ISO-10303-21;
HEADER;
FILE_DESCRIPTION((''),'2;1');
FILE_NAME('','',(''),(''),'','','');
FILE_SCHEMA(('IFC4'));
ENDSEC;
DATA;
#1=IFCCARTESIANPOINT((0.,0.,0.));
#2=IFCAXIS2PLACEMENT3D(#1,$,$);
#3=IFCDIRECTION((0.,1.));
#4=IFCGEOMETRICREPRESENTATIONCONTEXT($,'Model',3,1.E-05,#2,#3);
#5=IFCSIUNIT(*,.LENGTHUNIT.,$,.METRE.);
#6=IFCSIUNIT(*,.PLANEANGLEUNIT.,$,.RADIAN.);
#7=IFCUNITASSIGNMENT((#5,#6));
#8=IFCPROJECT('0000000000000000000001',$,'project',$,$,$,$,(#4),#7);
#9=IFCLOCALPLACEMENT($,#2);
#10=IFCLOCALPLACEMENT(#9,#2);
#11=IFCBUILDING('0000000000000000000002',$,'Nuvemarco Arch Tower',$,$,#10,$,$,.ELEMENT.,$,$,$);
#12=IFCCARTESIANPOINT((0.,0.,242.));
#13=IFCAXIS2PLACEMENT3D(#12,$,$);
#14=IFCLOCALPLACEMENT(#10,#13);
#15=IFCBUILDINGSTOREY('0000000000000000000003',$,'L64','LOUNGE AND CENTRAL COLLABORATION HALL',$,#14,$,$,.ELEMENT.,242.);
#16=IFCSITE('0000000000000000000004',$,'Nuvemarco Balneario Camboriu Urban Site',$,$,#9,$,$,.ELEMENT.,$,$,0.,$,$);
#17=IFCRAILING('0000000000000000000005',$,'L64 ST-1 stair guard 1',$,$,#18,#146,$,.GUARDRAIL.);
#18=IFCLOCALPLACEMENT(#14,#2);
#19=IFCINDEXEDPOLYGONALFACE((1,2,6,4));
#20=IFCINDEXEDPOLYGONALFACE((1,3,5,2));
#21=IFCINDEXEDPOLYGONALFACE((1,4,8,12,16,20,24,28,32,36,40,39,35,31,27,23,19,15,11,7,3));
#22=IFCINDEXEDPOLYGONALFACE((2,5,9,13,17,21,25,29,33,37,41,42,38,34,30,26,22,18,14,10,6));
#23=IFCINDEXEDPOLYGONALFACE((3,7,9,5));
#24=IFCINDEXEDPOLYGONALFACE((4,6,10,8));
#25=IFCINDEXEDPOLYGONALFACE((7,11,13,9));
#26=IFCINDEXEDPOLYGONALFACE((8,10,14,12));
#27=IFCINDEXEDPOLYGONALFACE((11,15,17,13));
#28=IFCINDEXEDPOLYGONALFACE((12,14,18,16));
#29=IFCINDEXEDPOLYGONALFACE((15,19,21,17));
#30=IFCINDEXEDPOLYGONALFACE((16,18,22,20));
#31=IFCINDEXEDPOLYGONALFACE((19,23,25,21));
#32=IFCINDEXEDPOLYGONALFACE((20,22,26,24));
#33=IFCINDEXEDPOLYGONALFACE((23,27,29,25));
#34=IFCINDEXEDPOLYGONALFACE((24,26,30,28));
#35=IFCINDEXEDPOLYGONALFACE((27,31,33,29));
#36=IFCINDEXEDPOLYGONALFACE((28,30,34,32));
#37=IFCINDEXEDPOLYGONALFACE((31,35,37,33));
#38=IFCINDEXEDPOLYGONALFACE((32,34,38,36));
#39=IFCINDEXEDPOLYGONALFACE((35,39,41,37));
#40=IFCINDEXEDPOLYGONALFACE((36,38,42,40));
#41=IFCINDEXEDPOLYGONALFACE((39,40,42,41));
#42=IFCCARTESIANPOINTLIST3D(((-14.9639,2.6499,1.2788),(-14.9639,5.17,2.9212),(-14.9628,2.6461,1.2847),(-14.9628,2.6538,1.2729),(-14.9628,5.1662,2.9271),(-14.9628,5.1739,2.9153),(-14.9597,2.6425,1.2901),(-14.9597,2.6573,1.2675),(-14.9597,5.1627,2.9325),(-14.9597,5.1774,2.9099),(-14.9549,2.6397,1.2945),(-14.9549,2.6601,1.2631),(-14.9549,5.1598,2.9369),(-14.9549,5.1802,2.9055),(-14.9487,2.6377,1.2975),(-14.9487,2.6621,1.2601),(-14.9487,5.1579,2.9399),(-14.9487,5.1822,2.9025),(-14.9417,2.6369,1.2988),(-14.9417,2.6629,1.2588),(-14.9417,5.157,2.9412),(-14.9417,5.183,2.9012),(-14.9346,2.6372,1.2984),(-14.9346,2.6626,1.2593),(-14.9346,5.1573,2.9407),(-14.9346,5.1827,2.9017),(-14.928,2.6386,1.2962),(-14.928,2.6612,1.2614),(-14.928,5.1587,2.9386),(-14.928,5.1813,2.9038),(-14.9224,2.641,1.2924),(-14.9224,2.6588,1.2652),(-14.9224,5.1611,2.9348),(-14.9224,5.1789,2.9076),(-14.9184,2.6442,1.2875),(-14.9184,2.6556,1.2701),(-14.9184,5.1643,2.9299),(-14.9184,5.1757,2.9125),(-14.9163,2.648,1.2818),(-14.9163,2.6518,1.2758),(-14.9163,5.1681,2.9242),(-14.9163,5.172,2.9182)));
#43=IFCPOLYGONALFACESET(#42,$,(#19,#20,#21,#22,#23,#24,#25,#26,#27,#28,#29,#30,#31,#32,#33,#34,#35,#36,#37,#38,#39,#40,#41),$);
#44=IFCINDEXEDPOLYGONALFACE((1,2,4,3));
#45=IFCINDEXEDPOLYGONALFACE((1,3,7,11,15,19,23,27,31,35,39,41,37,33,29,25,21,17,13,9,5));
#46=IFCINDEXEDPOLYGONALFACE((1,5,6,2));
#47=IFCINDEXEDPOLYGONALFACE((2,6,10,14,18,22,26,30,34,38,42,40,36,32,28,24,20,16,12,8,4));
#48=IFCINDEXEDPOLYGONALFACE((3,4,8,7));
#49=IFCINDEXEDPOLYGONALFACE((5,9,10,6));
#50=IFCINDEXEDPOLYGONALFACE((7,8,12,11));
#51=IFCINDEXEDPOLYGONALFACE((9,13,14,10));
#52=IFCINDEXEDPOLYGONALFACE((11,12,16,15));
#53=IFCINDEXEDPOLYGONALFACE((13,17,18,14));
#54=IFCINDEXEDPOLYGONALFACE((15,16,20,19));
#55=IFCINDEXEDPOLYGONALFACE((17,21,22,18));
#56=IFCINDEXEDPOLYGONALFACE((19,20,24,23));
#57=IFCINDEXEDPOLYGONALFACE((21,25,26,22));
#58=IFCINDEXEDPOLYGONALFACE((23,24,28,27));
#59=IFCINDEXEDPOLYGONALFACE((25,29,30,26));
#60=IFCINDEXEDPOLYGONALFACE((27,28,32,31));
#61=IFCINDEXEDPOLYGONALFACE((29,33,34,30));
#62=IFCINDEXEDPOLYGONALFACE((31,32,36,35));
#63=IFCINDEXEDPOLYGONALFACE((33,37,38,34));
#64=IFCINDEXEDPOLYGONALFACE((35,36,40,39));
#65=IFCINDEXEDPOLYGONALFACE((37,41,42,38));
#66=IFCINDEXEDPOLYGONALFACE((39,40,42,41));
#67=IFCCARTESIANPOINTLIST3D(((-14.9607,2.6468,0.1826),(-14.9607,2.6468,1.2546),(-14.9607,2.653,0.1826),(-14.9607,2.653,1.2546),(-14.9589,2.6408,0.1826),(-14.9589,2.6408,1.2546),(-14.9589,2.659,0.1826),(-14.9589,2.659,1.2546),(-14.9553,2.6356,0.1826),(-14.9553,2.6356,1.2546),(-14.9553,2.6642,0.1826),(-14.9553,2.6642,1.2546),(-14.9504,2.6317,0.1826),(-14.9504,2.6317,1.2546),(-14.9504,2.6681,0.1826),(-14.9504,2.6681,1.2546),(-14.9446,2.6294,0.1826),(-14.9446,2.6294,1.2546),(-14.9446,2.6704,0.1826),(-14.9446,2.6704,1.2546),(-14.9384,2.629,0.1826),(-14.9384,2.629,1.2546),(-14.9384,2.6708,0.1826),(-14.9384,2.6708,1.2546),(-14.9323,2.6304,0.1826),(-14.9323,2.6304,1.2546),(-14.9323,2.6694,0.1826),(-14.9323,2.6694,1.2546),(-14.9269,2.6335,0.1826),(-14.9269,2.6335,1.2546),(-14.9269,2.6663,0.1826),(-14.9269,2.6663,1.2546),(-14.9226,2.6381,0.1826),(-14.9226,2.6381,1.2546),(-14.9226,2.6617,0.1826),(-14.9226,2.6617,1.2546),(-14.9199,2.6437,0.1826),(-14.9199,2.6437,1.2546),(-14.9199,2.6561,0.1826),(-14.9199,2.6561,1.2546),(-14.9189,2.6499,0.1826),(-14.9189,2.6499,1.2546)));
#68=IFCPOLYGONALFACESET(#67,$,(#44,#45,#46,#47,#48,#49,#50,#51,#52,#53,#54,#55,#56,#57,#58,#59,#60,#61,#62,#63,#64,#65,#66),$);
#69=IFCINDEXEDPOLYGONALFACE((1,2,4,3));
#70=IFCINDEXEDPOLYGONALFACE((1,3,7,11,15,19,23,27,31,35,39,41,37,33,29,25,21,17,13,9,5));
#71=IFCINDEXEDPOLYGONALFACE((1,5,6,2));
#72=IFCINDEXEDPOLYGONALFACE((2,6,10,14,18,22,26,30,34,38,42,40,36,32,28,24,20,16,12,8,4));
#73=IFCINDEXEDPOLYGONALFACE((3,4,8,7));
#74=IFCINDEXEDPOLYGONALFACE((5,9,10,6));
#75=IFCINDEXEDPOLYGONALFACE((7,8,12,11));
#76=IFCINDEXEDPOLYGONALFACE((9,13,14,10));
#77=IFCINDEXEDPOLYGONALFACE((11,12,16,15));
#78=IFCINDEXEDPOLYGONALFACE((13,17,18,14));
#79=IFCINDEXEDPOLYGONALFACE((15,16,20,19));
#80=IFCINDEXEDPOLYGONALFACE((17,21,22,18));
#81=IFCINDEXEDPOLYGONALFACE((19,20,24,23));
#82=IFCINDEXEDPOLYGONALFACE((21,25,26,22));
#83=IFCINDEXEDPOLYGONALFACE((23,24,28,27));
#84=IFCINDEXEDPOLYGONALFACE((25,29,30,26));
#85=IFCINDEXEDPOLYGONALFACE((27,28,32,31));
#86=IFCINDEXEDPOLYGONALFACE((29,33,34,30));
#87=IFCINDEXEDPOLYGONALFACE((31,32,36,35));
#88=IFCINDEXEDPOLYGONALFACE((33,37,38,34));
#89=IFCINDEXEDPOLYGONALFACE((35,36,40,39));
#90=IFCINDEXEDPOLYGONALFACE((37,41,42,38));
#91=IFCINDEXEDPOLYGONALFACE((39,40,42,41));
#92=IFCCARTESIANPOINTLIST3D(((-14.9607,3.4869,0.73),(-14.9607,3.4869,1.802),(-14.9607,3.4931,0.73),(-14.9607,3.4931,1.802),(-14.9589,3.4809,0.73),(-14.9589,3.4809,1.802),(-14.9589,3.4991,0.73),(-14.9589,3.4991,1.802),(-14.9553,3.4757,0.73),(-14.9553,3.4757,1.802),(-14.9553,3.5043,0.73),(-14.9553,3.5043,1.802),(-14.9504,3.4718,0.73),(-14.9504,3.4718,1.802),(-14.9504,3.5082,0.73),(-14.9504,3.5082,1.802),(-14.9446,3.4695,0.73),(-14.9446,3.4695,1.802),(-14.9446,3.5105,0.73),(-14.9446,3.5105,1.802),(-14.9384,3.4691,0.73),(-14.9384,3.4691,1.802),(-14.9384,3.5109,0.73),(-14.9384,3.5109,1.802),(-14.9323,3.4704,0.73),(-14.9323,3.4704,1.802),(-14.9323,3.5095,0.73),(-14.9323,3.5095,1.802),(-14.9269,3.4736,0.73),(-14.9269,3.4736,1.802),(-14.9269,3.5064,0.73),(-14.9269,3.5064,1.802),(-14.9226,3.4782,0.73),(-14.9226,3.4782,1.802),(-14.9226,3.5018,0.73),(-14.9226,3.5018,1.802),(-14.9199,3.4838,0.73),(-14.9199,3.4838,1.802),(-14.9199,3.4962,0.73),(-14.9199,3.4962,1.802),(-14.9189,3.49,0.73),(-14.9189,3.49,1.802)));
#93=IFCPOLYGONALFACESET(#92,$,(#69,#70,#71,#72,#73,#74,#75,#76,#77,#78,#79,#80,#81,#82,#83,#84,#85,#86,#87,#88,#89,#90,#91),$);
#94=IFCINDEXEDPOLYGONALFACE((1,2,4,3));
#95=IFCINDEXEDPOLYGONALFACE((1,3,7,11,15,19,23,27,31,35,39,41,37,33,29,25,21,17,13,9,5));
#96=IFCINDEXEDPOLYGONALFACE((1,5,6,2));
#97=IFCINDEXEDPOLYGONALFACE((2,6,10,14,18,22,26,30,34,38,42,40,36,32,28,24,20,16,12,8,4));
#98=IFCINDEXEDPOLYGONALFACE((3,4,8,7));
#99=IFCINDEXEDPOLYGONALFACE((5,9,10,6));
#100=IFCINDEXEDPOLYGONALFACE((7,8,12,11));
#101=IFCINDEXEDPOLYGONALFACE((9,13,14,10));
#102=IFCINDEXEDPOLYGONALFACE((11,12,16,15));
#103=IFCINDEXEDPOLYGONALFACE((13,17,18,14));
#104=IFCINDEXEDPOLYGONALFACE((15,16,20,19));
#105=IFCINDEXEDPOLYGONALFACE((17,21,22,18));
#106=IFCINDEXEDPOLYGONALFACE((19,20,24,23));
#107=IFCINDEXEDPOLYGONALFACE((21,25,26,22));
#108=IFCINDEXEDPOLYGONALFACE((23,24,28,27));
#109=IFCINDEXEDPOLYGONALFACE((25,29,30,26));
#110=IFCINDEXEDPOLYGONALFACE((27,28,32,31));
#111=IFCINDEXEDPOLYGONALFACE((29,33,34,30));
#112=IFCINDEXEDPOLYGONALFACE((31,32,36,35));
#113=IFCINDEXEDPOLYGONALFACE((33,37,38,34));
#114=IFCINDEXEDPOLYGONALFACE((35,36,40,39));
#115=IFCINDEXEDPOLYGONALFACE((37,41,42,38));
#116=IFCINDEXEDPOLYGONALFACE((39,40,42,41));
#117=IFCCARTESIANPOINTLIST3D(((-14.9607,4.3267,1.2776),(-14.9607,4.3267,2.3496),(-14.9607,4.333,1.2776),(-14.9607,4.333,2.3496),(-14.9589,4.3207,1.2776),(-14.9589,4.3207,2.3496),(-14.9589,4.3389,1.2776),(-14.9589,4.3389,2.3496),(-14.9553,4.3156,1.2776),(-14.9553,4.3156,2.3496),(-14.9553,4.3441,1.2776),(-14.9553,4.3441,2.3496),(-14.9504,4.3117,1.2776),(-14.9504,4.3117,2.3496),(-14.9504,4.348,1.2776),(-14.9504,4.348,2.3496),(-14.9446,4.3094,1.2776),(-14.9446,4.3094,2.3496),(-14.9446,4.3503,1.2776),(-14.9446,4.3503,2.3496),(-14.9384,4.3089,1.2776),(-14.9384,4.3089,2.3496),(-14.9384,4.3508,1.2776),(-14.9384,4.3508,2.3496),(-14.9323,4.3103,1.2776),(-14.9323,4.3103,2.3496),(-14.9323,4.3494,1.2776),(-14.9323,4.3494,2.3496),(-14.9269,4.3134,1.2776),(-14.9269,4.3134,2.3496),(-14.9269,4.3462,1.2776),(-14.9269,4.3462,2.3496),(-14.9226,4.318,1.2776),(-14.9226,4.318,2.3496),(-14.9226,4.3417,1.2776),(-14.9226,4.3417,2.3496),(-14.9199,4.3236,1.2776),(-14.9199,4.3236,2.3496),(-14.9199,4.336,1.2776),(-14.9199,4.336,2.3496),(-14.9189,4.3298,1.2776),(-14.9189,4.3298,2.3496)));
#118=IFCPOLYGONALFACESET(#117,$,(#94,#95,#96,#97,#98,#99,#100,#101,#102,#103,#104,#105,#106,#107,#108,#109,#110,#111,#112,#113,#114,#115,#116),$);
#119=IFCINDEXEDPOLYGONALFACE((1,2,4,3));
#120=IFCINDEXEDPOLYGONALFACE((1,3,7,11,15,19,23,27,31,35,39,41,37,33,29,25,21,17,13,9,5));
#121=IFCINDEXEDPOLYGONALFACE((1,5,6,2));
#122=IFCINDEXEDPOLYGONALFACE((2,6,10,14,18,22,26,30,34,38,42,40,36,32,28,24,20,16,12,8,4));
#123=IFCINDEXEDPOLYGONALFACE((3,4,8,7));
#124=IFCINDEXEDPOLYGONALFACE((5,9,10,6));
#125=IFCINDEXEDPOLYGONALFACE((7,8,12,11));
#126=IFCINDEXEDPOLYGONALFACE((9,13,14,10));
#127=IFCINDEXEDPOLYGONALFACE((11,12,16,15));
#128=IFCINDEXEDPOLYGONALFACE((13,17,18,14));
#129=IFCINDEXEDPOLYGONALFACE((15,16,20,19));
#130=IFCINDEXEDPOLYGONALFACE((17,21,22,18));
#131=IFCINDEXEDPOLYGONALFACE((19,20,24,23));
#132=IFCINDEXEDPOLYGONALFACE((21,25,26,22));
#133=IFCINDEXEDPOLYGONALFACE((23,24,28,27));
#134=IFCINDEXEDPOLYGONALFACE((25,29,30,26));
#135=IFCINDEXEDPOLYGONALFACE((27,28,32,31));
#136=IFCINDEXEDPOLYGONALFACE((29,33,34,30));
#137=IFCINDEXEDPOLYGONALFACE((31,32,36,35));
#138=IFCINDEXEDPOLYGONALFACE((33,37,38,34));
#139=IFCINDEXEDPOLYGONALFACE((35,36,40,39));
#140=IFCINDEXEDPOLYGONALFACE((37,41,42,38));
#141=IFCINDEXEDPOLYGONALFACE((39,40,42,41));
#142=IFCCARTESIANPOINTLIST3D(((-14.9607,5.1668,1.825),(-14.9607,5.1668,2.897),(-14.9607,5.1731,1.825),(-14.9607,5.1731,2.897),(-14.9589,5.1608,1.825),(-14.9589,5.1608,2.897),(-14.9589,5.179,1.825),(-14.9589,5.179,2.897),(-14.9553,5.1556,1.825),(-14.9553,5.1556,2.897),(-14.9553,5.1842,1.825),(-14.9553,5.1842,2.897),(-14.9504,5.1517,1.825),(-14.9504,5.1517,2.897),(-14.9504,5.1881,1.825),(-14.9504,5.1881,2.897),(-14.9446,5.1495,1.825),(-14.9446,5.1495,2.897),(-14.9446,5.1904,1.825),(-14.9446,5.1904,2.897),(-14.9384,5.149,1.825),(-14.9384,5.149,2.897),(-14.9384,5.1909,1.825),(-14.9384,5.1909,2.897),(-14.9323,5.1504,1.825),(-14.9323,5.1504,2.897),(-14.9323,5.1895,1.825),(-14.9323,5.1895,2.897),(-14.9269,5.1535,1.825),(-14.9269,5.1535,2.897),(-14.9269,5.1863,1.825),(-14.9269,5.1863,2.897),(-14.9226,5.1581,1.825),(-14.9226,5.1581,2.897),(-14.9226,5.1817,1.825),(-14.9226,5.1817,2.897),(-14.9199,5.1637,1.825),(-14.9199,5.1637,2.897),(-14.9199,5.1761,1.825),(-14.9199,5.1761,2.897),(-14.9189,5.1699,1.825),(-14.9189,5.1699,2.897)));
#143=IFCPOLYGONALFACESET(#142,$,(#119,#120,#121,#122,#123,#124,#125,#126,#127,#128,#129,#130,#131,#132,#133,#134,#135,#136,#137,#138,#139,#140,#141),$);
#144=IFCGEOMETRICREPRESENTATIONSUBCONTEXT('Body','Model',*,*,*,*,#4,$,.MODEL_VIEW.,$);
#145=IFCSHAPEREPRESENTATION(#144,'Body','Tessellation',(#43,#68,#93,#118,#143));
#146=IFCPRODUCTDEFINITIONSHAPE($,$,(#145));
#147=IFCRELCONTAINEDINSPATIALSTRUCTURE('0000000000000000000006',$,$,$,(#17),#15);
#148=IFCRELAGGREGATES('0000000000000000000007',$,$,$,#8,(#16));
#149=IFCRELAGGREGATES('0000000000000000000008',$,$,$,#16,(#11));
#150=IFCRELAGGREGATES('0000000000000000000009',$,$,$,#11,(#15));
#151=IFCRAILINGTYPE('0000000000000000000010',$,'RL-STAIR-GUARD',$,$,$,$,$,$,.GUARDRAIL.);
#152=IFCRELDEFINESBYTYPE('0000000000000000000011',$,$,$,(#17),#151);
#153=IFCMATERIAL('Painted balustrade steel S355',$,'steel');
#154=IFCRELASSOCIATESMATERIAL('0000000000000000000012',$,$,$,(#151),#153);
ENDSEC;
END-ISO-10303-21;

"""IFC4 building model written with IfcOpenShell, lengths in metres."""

from ifc_helpers import new_model, si_unit, direction, frame, origin, origin_2d, place, context, subcontext, project, spatial, circle, extrude, material, type_object, element, save


model = new_model("IFC4")

# Units and contexts
model_context = context("Model", 3, precision=1e-05, world=origin(), true_north=direction((0.0, 1.0)))
body_context = subcontext(model_context, "Body", "Model", "MODEL_VIEW")
ifc_project = project(units=[si_unit("LENGTHUNIT", "METRE"), si_unit("PLANEANGLEUNIT", "RADIAN")], contexts=[model_context])

# Site, building, storey
site_placement = place(None, origin())
site = spatial("IfcSite", under=ifc_project, at=site_placement, Name="Nuvemarco Balneario Camboriu Urban Site", CompositionType="ELEMENT", RefElevation=0.0)
building_placement = place(site_placement, origin())
building = spatial("IfcBuilding", under=site, at=building_placement, Name="Nuvemarco Arch Tower", CompositionType="ELEMENT")
storey_placement = place(building_placement, frame((0.0, 0.0, 242.0)))
storey = spatial("IfcBuildingStorey", under=building, at=storey_placement, Name="L64", Description="LOUNGE AND CENTRAL COLLABORATION HALL", CompositionType="ELEMENT", Elevation=242.0)

# Railing
ifc_material_1 = material(Name="Painted balustrade steel S355", Category="steel")
railing_type_1 = type_object("IfcRailingType", Name="RL-STAIR-GUARD", PredefinedType="GUARDRAIL", material=ifc_material_1)
railing_1_placement = place(storey_placement, frame((-14.9399, 2.6499, 0.1826)))
element("IfcRailing", 1, at=railing_1_placement, inside=storey, type_object=railing_type_1, Name="L64 ST-1 stair guard 1", PredefinedType="GUARDRAIL", context=body_context, shape_type="SweptSolid", body=[
    extrude(circle(Radius=0.0239, at=origin_2d()), frame((0.0, 0.0, 1.0962), z_axis=(0.0, 0.837787, 0.545998), x_axis=(-1.0, 0.0, 0.0)), (0.0, 0.0, 1.0), 3.0081),
    extrude(circle(Radius=0.021, at=origin_2d()), origin(), (0.0, 0.0, 1.0), 1.072),
    extrude(circle(Radius=0.021, at=origin_2d()), frame((0.0, 0.8401, 0.5474)), (0.0, 0.0, 1.0), 1.072),
    extrude(circle(Radius=0.021, at=origin_2d()), frame((0.0, 1.6799, 1.095)), (0.0, 0.0, 1.0), 1.072),
    extrude(circle(Radius=0.021, at=origin_2d()), frame((0.0, 2.52, 1.6423)), (0.0, 0.0, 1.0), 1.072),
])

save(model, "model.ifc")
